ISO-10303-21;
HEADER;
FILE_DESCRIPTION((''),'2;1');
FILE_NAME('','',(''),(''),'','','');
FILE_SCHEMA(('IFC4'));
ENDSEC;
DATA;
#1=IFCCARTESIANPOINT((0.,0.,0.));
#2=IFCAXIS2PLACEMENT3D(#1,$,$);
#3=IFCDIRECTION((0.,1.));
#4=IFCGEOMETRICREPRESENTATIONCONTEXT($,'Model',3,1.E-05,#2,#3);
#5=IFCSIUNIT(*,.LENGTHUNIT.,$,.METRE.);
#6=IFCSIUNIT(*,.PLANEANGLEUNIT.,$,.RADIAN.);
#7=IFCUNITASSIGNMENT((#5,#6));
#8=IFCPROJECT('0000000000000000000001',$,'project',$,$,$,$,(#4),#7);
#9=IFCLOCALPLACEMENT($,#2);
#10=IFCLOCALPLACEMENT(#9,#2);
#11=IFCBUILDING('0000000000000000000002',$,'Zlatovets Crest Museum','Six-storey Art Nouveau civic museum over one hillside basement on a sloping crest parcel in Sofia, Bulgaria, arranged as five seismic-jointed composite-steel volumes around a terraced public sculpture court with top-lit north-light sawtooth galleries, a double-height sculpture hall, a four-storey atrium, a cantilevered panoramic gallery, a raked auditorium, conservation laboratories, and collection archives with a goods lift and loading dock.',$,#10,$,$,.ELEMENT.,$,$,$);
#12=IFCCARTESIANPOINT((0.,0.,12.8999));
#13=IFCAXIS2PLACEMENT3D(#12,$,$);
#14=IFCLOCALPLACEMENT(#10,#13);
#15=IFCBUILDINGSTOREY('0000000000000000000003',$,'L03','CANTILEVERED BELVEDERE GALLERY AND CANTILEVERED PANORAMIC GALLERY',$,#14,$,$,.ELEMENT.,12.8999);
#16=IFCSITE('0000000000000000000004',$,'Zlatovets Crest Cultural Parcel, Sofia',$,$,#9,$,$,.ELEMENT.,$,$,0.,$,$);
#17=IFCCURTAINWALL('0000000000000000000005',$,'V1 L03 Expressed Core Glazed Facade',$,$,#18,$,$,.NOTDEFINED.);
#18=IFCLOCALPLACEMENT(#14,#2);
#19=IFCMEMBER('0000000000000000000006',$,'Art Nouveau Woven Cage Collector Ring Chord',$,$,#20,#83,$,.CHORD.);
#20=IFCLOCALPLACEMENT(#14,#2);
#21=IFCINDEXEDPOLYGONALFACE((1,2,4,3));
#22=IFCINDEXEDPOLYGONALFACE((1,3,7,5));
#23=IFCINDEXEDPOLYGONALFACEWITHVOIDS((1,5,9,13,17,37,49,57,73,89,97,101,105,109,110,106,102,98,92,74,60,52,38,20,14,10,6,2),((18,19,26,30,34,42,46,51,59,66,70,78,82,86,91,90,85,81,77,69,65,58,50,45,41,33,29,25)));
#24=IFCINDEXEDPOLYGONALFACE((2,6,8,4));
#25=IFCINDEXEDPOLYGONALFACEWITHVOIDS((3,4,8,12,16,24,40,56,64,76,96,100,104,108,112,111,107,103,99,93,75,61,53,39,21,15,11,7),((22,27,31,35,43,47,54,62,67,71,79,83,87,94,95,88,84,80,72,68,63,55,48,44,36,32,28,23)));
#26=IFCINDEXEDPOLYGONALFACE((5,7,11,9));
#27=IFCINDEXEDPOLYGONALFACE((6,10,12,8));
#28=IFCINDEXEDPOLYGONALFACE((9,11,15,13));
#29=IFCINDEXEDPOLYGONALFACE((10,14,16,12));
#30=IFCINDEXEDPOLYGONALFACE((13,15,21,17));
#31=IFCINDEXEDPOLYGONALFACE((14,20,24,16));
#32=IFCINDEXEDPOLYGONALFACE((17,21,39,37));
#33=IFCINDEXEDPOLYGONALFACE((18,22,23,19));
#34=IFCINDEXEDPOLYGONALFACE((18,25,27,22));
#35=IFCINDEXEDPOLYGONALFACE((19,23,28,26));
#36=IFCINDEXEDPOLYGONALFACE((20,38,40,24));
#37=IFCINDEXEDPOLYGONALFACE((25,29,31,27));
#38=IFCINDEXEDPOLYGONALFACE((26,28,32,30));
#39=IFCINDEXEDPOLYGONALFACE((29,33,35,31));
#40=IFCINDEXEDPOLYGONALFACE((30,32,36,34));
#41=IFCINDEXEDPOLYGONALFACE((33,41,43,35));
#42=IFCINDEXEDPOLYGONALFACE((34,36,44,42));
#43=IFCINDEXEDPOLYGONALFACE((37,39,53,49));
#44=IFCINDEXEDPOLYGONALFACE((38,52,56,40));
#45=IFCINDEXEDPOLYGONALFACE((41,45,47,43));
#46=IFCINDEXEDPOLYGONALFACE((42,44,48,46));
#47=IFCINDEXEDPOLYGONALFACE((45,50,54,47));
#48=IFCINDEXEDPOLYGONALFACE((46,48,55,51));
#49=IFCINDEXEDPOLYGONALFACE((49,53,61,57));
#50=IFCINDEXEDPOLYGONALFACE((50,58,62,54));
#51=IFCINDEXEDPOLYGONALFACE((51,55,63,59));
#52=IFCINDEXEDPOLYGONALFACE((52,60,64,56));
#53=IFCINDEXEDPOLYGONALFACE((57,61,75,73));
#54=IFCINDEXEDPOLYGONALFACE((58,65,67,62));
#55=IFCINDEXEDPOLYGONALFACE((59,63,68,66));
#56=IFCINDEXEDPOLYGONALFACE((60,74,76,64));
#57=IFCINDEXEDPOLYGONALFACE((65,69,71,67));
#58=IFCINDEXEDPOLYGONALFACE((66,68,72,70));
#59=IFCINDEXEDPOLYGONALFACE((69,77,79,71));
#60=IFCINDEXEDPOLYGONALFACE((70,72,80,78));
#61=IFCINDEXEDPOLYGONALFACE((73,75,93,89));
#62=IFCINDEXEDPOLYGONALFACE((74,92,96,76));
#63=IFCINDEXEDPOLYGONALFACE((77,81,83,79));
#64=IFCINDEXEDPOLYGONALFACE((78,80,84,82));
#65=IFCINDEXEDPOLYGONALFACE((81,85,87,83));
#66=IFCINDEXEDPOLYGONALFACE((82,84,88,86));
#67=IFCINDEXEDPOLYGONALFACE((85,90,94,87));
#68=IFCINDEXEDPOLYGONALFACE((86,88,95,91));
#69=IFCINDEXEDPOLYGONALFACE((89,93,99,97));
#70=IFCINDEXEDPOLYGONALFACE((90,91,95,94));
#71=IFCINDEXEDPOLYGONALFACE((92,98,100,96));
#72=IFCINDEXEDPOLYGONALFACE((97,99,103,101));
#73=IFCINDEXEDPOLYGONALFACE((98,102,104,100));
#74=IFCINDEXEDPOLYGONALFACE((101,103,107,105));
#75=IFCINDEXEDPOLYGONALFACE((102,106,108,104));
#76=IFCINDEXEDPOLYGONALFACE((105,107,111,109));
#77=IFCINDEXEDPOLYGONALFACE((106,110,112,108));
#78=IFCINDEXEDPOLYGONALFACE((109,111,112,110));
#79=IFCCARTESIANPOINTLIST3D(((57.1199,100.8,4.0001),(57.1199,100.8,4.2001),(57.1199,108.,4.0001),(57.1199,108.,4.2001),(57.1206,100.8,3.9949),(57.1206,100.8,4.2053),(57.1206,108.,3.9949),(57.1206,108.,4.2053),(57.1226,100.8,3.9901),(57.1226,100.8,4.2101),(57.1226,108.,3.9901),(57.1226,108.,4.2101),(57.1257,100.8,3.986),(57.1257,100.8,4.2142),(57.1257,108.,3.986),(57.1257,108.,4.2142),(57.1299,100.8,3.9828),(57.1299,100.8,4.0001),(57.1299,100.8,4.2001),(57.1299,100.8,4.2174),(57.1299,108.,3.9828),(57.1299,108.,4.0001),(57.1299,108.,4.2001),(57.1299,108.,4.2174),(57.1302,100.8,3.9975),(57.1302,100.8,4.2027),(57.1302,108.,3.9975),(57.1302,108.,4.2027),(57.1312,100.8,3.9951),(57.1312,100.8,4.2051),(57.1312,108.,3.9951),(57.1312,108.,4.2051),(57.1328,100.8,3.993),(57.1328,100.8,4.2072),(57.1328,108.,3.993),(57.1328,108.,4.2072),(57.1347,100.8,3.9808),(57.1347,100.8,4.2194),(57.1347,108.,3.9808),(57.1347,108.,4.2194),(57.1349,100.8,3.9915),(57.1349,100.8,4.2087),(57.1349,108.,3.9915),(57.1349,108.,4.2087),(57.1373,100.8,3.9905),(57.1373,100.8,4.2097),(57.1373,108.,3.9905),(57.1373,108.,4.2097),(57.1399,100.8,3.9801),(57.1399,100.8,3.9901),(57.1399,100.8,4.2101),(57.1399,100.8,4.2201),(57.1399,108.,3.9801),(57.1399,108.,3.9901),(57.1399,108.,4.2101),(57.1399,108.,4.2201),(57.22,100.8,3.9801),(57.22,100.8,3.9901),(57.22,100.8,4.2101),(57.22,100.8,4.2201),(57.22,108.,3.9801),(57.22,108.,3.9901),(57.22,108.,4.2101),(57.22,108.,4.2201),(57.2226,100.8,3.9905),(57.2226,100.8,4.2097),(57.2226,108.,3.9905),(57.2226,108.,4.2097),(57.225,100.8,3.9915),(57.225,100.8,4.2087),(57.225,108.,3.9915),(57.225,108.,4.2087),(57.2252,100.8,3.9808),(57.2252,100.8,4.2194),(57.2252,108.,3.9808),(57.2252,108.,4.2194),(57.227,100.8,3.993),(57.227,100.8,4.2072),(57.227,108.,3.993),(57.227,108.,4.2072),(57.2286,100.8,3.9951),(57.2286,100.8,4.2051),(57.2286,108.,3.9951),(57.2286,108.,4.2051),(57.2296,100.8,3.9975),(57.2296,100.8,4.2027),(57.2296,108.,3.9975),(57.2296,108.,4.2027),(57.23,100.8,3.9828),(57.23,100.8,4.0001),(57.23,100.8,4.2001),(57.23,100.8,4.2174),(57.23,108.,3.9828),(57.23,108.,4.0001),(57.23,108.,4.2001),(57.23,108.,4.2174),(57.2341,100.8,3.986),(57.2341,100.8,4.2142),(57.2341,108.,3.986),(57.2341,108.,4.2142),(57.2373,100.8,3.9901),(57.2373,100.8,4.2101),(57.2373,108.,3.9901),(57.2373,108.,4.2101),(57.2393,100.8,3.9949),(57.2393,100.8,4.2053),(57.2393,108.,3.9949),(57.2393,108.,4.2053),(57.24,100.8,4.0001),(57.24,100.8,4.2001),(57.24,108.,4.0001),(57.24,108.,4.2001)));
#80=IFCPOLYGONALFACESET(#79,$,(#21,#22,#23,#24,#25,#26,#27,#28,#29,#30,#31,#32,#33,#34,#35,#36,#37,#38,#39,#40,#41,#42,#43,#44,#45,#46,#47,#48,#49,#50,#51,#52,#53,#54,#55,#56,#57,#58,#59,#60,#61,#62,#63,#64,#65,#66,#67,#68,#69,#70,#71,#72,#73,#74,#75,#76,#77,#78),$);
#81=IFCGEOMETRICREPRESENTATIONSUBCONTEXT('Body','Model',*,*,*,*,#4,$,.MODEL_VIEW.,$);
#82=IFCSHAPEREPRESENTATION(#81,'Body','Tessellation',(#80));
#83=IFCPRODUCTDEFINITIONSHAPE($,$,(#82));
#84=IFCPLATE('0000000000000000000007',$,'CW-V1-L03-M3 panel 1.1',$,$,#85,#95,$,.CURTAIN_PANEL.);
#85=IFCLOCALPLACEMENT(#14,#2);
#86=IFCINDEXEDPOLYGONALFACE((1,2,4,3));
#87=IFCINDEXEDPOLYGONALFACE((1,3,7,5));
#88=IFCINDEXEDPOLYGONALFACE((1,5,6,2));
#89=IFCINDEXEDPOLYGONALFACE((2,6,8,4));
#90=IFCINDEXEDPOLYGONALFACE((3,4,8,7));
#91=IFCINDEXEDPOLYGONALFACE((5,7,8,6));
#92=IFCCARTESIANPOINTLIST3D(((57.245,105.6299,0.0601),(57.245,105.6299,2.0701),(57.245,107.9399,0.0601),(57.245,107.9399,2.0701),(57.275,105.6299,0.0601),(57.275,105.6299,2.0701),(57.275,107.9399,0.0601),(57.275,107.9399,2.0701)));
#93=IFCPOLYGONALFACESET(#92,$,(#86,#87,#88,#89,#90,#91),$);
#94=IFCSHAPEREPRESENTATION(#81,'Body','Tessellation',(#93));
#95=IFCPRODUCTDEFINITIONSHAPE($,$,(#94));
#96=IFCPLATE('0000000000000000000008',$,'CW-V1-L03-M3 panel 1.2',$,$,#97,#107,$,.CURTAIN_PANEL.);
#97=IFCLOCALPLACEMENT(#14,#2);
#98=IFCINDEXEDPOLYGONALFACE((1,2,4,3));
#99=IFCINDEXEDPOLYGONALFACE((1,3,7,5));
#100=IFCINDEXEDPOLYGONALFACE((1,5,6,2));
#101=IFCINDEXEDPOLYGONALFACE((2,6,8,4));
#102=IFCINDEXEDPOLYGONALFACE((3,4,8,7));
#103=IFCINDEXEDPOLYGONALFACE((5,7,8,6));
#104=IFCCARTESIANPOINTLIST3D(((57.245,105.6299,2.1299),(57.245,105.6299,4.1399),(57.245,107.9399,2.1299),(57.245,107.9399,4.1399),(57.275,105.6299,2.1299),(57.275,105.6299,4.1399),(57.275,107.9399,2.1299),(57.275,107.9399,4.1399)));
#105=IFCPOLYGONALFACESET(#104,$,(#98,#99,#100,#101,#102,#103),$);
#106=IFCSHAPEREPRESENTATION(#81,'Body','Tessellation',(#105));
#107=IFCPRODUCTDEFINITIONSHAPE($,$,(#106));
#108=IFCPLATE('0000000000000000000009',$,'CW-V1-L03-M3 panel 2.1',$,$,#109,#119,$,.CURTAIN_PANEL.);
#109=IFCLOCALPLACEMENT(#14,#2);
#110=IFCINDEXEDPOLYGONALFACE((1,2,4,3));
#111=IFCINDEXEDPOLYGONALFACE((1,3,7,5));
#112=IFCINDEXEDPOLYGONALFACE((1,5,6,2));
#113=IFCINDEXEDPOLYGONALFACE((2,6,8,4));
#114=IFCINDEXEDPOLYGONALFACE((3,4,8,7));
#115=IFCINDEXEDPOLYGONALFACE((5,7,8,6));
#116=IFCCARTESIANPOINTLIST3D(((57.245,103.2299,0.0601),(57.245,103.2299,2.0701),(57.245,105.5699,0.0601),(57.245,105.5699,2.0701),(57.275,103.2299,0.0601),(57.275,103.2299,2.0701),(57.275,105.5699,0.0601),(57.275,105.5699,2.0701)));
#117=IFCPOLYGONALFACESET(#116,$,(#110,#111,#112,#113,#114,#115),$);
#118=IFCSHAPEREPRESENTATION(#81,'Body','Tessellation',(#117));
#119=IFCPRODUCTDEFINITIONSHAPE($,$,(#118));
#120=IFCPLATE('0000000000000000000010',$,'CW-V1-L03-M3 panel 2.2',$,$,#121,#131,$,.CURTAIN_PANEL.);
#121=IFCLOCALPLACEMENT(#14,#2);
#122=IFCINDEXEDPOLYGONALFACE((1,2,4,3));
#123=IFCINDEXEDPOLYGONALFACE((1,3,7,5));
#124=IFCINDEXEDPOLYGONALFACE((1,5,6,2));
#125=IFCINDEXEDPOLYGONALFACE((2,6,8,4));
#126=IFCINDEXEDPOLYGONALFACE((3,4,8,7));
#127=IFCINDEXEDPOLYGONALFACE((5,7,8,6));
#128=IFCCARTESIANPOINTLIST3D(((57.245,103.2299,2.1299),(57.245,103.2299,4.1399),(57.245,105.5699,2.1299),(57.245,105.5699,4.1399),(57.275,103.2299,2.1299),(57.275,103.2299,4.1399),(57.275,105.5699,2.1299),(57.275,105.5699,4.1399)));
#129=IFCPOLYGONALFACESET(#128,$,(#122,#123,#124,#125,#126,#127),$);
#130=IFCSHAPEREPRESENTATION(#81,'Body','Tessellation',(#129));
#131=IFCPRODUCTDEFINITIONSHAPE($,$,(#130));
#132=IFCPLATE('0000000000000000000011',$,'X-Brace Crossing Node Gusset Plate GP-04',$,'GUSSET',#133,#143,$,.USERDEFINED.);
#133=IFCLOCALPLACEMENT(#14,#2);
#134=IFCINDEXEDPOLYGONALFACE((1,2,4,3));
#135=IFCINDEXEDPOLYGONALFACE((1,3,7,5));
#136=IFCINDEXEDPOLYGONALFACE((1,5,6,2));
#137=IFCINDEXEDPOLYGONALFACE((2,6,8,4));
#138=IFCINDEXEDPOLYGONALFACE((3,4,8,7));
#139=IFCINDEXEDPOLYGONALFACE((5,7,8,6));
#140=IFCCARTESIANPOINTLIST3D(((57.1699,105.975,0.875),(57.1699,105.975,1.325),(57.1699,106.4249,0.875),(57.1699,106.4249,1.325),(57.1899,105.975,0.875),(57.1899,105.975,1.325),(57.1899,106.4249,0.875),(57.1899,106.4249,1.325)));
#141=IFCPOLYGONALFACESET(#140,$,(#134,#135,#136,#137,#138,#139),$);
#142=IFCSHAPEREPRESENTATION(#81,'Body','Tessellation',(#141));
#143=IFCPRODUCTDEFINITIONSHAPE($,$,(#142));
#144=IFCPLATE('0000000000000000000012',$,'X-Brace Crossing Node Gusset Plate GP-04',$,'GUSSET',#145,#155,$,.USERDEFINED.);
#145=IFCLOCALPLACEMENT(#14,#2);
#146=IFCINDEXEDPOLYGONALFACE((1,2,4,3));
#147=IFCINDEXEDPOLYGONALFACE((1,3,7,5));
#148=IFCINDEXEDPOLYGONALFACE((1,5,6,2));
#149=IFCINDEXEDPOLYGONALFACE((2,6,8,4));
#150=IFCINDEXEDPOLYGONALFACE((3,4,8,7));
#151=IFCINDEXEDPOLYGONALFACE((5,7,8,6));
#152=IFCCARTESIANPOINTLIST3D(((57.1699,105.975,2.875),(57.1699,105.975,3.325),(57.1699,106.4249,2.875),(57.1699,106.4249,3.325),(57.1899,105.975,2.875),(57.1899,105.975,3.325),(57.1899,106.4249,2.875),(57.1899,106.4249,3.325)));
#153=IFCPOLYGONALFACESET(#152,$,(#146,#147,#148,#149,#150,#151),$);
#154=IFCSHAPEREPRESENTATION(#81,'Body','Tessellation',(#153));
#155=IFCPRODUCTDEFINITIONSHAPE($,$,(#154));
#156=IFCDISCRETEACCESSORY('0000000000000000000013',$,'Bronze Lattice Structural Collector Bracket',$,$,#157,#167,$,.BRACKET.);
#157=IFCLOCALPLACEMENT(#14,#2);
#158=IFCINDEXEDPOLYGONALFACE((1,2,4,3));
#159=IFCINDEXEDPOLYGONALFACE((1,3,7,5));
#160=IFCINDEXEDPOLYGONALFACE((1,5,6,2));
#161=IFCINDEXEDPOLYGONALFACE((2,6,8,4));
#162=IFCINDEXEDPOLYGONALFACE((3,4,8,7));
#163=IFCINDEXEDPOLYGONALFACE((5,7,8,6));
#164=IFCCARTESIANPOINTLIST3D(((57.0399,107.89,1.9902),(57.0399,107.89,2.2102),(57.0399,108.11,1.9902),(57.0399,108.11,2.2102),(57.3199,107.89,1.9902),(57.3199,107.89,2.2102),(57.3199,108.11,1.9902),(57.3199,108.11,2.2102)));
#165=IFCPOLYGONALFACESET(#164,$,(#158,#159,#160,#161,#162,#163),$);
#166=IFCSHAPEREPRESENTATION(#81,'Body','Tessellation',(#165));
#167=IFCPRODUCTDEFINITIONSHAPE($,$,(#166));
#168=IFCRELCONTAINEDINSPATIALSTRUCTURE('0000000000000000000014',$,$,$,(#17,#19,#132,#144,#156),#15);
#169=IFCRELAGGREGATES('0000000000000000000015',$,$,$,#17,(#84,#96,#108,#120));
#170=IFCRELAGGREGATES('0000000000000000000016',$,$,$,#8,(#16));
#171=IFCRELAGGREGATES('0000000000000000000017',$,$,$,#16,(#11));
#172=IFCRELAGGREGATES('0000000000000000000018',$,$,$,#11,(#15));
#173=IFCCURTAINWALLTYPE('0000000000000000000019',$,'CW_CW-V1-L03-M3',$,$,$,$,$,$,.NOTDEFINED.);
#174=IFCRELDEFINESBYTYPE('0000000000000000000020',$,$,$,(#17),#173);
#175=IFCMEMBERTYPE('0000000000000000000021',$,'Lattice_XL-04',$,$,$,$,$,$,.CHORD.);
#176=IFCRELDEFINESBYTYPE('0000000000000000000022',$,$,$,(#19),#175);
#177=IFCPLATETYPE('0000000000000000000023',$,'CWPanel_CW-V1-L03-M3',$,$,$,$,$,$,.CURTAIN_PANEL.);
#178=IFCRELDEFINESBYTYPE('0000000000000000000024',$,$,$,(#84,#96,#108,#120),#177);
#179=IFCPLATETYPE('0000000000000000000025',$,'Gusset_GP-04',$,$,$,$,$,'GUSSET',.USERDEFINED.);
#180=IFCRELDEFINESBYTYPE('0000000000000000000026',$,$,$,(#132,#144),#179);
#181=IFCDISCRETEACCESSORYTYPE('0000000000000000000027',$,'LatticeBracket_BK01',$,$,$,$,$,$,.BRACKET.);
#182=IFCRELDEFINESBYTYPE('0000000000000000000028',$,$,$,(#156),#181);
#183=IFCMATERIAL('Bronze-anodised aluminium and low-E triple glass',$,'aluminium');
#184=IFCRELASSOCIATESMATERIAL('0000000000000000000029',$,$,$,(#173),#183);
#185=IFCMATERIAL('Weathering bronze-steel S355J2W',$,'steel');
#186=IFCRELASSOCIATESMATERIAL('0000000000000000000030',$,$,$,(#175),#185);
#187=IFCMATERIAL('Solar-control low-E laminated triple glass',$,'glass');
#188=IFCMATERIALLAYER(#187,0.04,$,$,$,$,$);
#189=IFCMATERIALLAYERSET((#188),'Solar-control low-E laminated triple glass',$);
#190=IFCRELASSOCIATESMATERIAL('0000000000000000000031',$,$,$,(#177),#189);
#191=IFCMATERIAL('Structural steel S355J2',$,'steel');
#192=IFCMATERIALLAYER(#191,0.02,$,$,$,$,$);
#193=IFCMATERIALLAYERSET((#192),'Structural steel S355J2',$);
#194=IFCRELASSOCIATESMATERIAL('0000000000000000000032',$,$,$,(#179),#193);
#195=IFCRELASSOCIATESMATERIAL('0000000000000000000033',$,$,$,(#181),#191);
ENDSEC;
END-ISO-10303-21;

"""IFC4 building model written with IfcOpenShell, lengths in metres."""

from ifc_helpers import new_model, si_unit, direction, frame, origin, origin_2d, place, context, subcontext, project, spatial, rectangle, hollow_rectangle, extrude, material, layer, layer_set, material_profile, profile_set, type_object, element, aggregate, save


model = new_model("IFC4")

# Units and contexts
model_context = context("Model", 3, precision=1e-05, world=origin(), true_north=direction((0.0, 1.0)))
body_context = subcontext(model_context, "Body", "Model", "MODEL_VIEW")
ifc_project = project(units=[si_unit("LENGTHUNIT", "METRE"), si_unit("PLANEANGLEUNIT", "RADIAN")], contexts=[model_context])

# Site, building, storey
site_placement = place(None, origin())
site = spatial("IfcSite", under=ifc_project, at=site_placement, Name="Zlatovets Crest Cultural Parcel, Sofia", CompositionType="ELEMENT", RefElevation=0.0)
building_placement = place(site_placement, origin())
building = spatial("IfcBuilding", under=site, at=building_placement, Name="Zlatovets Crest Museum", Description="Six-storey Art Nouveau civic museum over one hillside basement on a sloping crest parcel in Sofia, Bulgaria, arranged as five seismic-jointed composite-steel volumes around a terraced public sculpture court with top-lit north-light sawtooth galleries, a double-height sculpture hall, a four-storey atrium, a cantilevered panoramic gallery, a raked auditorium, conservation laboratories, and collection archives with a goods lift and loading dock.", CompositionType="ELEMENT")
storey_placement = place(building_placement, frame((0.0, 0.0, 12.8999)))
storey = spatial("IfcBuildingStorey", under=building, at=storey_placement, Name="L03", Description="CANTILEVERED BELVEDERE GALLERY AND CANTILEVERED PANORAMIC GALLERY", CompositionType="ELEMENT", Elevation=12.8999)

# Shared definitions
ifc_material_1 = material(Name="Structural steel S355J2", Category="steel")

# Curtain wall
ifc_material_2 = material(Name="Bronze-anodised aluminium and low-E triple glass", Category="aluminium")
curtain_wall_type = type_object("IfcCurtainWallType", Name="CW_CW-V1-L03-M3", PredefinedType="NOTDEFINED", material=ifc_material_2)
curtain_wall_placement = place(storey_placement, origin())
curtain_wall = element("IfcCurtainWall", 1, at=curtain_wall_placement, inside=storey, type_object=curtain_wall_type, Name="V1 L03 Expressed Core Glazed Facade", PredefinedType="NOTDEFINED")

# Member
ifc_material_3 = material(Name="Weathering bronze-steel S355J2W", Category="steel")
ifc_material_profile_1 = material_profile(ifc_material_3, hollow_rectangle(XDim=0.1201, YDim=0.24, WallThickness=0.01, InnerFilletRadius=0.01, OuterFilletRadius=0.02, at=origin_2d()), Name="RHS 120x240x10.0")
ifc_profile_set_1 = profile_set([ifc_material_profile_1], Name="Weathering bronze-steel S355J2W")
member_type_1 = type_object("IfcMemberType", Name="Lattice_XL-04", PredefinedType="CHORD", material=ifc_profile_set_1)
member_1_placement = place(storey_placement, frame((57.1799, 108.0, 4.1001), z_axis=(0.0, -1.0, 0.0), x_axis=(1.0, 0.0, 0.0)))
element("IfcMember", 2, at=member_1_placement, inside=storey, type_object=member_type_1, Name="Art Nouveau Woven Cage Collector Ring Chord", PredefinedType="CHORD", context=body_context, shape_type="SweptSolid", body=[
    extrude(hollow_rectangle(XDim=0.1201, YDim=0.24, WallThickness=0.01, InnerFilletRadius=0.01, OuterFilletRadius=0.02, at=origin_2d()), origin(), (0.0, 0.0, 1.0), 7.2),
])

# Plates
ifc_material_4 = material(Name="Solar-control low-E laminated triple glass", Category="glass")
ifc_layer_1 = layer(ifc_material_4, 0.04)
ifc_layer_set_1 = layer_set([ifc_layer_1], Name="Solar-control low-E laminated triple glass")
plate_type_1 = type_object("IfcPlateType", Name="CWPanel_CW-V1-L03-M3", PredefinedType="CURTAIN_PANEL", material=ifc_layer_set_1)
plate_1_placement = place(storey_placement, frame((57.26, 106.7849, 0.0601), z_axis=(0.0, 0.0, 1.0), x_axis=(0.0, -1.0, 0.0)))
plate_1 = element("IfcPlate", 3, at=plate_1_placement, type_object=plate_type_1, Name="CW-V1-L03-M3 panel 1.1", PredefinedType="CURTAIN_PANEL", context=body_context, shape_type="SweptSolid", body=[
    extrude(rectangle(XDim=2.3101, YDim=0.03, at=origin_2d()), origin(), (0.0, 0.0, 1.0), 2.01),
])
plate_2_placement = place(storey_placement, frame((57.26, 106.7849, 2.1299), z_axis=(0.0, 0.0, 1.0), x_axis=(0.0, -1.0, 0.0)))
plate_2 = element("IfcPlate", 4, at=plate_2_placement, type_object=plate_type_1, Name="CW-V1-L03-M3 panel 1.2", PredefinedType="CURTAIN_PANEL", context=body_context, shape_type="SweptSolid", body=[
    extrude(rectangle(XDim=2.3101, YDim=0.03, at=origin_2d()), origin(), (0.0, 0.0, 1.0), 2.01),
])
plate_3_placement = place(storey_placement, frame((57.26, 104.3999, 0.0601), z_axis=(0.0, 0.0, 1.0), x_axis=(0.0, -1.0, 0.0)))
plate_3 = element("IfcPlate", 5, at=plate_3_placement, type_object=plate_type_1, Name="CW-V1-L03-M3 panel 2.1", PredefinedType="CURTAIN_PANEL", context=body_context, shape_type="SweptSolid", body=[
    extrude(rectangle(XDim=2.3401, YDim=0.03, at=origin_2d()), origin(), (0.0, 0.0, 1.0), 2.01),
])
plate_4_placement = place(storey_placement, frame((57.26, 104.3999, 2.1299), z_axis=(0.0, 0.0, 1.0), x_axis=(0.0, -1.0, 0.0)))
plate_4 = element("IfcPlate", 6, at=plate_4_placement, type_object=plate_type_1, Name="CW-V1-L03-M3 panel 2.2", PredefinedType="CURTAIN_PANEL", context=body_context, shape_type="SweptSolid", body=[
    extrude(rectangle(XDim=2.3401, YDim=0.03, at=origin_2d()), origin(), (0.0, 0.0, 1.0), 2.01),
])
aggregate(curtain_wall, [plate_1, plate_2, plate_3, plate_4])

# Plates
ifc_layer_2 = layer(ifc_material_1, 0.02)
ifc_layer_set_2 = layer_set([ifc_layer_2], Name="Structural steel S355J2")
plate_type_2 = type_object("IfcPlateType", Name="Gusset_GP-04", ElementType="GUSSET", PredefinedType="USERDEFINED", material=ifc_layer_set_2)
for number, where, z_axis, x_axis, name in (
    (7, (57.1799, 106.2, 0.875), (0.0, 0.0, 1.0), (1.0, 0.0, 0.0), "X-Brace Crossing Node Gusset Plate GP-04"),
    (8, (57.1799, 106.2, 2.875), (0.0, 0.0, 1.0), (1.0, 0.0, 0.0), "X-Brace Crossing Node Gusset Plate GP-04"),
):
    element("IfcPlate", number, at=place(storey_placement, frame(where, z_axis=z_axis, x_axis=x_axis)), inside=storey, type_object=plate_type_2, Name=name, ObjectType="GUSSET", PredefinedType="USERDEFINED", context=body_context, shape_type="SweptSolid", body=[
        extrude(rectangle(XDim=0.02, YDim=0.45, at=origin_2d()), origin(), (0.0, 0.0, 1.0), 0.45),
    ])

# Discrete accessory
discrete_accessory_type = type_object("IfcDiscreteAccessoryType", Name="LatticeBracket_BK01", PredefinedType="BRACKET", material=ifc_material_1)
discrete_accessory_placement = place(storey_placement, frame((57.1799, 108.0, 1.9902), z_axis=(0.0, 0.0, 1.0), x_axis=(1.0, 0.0, 0.0)))
element("IfcDiscreteAccessory", 9, at=discrete_accessory_placement, inside=storey, type_object=discrete_accessory_type, Name="Bronze Lattice Structural Collector Bracket", PredefinedType="BRACKET", context=body_context, shape_type="SweptSolid", body=[
    extrude(rectangle(XDim=0.28, YDim=0.22, at=origin_2d()), origin(), (0.0, 0.0, 1.0), 0.22),
])

save(model, "model.ifc")
